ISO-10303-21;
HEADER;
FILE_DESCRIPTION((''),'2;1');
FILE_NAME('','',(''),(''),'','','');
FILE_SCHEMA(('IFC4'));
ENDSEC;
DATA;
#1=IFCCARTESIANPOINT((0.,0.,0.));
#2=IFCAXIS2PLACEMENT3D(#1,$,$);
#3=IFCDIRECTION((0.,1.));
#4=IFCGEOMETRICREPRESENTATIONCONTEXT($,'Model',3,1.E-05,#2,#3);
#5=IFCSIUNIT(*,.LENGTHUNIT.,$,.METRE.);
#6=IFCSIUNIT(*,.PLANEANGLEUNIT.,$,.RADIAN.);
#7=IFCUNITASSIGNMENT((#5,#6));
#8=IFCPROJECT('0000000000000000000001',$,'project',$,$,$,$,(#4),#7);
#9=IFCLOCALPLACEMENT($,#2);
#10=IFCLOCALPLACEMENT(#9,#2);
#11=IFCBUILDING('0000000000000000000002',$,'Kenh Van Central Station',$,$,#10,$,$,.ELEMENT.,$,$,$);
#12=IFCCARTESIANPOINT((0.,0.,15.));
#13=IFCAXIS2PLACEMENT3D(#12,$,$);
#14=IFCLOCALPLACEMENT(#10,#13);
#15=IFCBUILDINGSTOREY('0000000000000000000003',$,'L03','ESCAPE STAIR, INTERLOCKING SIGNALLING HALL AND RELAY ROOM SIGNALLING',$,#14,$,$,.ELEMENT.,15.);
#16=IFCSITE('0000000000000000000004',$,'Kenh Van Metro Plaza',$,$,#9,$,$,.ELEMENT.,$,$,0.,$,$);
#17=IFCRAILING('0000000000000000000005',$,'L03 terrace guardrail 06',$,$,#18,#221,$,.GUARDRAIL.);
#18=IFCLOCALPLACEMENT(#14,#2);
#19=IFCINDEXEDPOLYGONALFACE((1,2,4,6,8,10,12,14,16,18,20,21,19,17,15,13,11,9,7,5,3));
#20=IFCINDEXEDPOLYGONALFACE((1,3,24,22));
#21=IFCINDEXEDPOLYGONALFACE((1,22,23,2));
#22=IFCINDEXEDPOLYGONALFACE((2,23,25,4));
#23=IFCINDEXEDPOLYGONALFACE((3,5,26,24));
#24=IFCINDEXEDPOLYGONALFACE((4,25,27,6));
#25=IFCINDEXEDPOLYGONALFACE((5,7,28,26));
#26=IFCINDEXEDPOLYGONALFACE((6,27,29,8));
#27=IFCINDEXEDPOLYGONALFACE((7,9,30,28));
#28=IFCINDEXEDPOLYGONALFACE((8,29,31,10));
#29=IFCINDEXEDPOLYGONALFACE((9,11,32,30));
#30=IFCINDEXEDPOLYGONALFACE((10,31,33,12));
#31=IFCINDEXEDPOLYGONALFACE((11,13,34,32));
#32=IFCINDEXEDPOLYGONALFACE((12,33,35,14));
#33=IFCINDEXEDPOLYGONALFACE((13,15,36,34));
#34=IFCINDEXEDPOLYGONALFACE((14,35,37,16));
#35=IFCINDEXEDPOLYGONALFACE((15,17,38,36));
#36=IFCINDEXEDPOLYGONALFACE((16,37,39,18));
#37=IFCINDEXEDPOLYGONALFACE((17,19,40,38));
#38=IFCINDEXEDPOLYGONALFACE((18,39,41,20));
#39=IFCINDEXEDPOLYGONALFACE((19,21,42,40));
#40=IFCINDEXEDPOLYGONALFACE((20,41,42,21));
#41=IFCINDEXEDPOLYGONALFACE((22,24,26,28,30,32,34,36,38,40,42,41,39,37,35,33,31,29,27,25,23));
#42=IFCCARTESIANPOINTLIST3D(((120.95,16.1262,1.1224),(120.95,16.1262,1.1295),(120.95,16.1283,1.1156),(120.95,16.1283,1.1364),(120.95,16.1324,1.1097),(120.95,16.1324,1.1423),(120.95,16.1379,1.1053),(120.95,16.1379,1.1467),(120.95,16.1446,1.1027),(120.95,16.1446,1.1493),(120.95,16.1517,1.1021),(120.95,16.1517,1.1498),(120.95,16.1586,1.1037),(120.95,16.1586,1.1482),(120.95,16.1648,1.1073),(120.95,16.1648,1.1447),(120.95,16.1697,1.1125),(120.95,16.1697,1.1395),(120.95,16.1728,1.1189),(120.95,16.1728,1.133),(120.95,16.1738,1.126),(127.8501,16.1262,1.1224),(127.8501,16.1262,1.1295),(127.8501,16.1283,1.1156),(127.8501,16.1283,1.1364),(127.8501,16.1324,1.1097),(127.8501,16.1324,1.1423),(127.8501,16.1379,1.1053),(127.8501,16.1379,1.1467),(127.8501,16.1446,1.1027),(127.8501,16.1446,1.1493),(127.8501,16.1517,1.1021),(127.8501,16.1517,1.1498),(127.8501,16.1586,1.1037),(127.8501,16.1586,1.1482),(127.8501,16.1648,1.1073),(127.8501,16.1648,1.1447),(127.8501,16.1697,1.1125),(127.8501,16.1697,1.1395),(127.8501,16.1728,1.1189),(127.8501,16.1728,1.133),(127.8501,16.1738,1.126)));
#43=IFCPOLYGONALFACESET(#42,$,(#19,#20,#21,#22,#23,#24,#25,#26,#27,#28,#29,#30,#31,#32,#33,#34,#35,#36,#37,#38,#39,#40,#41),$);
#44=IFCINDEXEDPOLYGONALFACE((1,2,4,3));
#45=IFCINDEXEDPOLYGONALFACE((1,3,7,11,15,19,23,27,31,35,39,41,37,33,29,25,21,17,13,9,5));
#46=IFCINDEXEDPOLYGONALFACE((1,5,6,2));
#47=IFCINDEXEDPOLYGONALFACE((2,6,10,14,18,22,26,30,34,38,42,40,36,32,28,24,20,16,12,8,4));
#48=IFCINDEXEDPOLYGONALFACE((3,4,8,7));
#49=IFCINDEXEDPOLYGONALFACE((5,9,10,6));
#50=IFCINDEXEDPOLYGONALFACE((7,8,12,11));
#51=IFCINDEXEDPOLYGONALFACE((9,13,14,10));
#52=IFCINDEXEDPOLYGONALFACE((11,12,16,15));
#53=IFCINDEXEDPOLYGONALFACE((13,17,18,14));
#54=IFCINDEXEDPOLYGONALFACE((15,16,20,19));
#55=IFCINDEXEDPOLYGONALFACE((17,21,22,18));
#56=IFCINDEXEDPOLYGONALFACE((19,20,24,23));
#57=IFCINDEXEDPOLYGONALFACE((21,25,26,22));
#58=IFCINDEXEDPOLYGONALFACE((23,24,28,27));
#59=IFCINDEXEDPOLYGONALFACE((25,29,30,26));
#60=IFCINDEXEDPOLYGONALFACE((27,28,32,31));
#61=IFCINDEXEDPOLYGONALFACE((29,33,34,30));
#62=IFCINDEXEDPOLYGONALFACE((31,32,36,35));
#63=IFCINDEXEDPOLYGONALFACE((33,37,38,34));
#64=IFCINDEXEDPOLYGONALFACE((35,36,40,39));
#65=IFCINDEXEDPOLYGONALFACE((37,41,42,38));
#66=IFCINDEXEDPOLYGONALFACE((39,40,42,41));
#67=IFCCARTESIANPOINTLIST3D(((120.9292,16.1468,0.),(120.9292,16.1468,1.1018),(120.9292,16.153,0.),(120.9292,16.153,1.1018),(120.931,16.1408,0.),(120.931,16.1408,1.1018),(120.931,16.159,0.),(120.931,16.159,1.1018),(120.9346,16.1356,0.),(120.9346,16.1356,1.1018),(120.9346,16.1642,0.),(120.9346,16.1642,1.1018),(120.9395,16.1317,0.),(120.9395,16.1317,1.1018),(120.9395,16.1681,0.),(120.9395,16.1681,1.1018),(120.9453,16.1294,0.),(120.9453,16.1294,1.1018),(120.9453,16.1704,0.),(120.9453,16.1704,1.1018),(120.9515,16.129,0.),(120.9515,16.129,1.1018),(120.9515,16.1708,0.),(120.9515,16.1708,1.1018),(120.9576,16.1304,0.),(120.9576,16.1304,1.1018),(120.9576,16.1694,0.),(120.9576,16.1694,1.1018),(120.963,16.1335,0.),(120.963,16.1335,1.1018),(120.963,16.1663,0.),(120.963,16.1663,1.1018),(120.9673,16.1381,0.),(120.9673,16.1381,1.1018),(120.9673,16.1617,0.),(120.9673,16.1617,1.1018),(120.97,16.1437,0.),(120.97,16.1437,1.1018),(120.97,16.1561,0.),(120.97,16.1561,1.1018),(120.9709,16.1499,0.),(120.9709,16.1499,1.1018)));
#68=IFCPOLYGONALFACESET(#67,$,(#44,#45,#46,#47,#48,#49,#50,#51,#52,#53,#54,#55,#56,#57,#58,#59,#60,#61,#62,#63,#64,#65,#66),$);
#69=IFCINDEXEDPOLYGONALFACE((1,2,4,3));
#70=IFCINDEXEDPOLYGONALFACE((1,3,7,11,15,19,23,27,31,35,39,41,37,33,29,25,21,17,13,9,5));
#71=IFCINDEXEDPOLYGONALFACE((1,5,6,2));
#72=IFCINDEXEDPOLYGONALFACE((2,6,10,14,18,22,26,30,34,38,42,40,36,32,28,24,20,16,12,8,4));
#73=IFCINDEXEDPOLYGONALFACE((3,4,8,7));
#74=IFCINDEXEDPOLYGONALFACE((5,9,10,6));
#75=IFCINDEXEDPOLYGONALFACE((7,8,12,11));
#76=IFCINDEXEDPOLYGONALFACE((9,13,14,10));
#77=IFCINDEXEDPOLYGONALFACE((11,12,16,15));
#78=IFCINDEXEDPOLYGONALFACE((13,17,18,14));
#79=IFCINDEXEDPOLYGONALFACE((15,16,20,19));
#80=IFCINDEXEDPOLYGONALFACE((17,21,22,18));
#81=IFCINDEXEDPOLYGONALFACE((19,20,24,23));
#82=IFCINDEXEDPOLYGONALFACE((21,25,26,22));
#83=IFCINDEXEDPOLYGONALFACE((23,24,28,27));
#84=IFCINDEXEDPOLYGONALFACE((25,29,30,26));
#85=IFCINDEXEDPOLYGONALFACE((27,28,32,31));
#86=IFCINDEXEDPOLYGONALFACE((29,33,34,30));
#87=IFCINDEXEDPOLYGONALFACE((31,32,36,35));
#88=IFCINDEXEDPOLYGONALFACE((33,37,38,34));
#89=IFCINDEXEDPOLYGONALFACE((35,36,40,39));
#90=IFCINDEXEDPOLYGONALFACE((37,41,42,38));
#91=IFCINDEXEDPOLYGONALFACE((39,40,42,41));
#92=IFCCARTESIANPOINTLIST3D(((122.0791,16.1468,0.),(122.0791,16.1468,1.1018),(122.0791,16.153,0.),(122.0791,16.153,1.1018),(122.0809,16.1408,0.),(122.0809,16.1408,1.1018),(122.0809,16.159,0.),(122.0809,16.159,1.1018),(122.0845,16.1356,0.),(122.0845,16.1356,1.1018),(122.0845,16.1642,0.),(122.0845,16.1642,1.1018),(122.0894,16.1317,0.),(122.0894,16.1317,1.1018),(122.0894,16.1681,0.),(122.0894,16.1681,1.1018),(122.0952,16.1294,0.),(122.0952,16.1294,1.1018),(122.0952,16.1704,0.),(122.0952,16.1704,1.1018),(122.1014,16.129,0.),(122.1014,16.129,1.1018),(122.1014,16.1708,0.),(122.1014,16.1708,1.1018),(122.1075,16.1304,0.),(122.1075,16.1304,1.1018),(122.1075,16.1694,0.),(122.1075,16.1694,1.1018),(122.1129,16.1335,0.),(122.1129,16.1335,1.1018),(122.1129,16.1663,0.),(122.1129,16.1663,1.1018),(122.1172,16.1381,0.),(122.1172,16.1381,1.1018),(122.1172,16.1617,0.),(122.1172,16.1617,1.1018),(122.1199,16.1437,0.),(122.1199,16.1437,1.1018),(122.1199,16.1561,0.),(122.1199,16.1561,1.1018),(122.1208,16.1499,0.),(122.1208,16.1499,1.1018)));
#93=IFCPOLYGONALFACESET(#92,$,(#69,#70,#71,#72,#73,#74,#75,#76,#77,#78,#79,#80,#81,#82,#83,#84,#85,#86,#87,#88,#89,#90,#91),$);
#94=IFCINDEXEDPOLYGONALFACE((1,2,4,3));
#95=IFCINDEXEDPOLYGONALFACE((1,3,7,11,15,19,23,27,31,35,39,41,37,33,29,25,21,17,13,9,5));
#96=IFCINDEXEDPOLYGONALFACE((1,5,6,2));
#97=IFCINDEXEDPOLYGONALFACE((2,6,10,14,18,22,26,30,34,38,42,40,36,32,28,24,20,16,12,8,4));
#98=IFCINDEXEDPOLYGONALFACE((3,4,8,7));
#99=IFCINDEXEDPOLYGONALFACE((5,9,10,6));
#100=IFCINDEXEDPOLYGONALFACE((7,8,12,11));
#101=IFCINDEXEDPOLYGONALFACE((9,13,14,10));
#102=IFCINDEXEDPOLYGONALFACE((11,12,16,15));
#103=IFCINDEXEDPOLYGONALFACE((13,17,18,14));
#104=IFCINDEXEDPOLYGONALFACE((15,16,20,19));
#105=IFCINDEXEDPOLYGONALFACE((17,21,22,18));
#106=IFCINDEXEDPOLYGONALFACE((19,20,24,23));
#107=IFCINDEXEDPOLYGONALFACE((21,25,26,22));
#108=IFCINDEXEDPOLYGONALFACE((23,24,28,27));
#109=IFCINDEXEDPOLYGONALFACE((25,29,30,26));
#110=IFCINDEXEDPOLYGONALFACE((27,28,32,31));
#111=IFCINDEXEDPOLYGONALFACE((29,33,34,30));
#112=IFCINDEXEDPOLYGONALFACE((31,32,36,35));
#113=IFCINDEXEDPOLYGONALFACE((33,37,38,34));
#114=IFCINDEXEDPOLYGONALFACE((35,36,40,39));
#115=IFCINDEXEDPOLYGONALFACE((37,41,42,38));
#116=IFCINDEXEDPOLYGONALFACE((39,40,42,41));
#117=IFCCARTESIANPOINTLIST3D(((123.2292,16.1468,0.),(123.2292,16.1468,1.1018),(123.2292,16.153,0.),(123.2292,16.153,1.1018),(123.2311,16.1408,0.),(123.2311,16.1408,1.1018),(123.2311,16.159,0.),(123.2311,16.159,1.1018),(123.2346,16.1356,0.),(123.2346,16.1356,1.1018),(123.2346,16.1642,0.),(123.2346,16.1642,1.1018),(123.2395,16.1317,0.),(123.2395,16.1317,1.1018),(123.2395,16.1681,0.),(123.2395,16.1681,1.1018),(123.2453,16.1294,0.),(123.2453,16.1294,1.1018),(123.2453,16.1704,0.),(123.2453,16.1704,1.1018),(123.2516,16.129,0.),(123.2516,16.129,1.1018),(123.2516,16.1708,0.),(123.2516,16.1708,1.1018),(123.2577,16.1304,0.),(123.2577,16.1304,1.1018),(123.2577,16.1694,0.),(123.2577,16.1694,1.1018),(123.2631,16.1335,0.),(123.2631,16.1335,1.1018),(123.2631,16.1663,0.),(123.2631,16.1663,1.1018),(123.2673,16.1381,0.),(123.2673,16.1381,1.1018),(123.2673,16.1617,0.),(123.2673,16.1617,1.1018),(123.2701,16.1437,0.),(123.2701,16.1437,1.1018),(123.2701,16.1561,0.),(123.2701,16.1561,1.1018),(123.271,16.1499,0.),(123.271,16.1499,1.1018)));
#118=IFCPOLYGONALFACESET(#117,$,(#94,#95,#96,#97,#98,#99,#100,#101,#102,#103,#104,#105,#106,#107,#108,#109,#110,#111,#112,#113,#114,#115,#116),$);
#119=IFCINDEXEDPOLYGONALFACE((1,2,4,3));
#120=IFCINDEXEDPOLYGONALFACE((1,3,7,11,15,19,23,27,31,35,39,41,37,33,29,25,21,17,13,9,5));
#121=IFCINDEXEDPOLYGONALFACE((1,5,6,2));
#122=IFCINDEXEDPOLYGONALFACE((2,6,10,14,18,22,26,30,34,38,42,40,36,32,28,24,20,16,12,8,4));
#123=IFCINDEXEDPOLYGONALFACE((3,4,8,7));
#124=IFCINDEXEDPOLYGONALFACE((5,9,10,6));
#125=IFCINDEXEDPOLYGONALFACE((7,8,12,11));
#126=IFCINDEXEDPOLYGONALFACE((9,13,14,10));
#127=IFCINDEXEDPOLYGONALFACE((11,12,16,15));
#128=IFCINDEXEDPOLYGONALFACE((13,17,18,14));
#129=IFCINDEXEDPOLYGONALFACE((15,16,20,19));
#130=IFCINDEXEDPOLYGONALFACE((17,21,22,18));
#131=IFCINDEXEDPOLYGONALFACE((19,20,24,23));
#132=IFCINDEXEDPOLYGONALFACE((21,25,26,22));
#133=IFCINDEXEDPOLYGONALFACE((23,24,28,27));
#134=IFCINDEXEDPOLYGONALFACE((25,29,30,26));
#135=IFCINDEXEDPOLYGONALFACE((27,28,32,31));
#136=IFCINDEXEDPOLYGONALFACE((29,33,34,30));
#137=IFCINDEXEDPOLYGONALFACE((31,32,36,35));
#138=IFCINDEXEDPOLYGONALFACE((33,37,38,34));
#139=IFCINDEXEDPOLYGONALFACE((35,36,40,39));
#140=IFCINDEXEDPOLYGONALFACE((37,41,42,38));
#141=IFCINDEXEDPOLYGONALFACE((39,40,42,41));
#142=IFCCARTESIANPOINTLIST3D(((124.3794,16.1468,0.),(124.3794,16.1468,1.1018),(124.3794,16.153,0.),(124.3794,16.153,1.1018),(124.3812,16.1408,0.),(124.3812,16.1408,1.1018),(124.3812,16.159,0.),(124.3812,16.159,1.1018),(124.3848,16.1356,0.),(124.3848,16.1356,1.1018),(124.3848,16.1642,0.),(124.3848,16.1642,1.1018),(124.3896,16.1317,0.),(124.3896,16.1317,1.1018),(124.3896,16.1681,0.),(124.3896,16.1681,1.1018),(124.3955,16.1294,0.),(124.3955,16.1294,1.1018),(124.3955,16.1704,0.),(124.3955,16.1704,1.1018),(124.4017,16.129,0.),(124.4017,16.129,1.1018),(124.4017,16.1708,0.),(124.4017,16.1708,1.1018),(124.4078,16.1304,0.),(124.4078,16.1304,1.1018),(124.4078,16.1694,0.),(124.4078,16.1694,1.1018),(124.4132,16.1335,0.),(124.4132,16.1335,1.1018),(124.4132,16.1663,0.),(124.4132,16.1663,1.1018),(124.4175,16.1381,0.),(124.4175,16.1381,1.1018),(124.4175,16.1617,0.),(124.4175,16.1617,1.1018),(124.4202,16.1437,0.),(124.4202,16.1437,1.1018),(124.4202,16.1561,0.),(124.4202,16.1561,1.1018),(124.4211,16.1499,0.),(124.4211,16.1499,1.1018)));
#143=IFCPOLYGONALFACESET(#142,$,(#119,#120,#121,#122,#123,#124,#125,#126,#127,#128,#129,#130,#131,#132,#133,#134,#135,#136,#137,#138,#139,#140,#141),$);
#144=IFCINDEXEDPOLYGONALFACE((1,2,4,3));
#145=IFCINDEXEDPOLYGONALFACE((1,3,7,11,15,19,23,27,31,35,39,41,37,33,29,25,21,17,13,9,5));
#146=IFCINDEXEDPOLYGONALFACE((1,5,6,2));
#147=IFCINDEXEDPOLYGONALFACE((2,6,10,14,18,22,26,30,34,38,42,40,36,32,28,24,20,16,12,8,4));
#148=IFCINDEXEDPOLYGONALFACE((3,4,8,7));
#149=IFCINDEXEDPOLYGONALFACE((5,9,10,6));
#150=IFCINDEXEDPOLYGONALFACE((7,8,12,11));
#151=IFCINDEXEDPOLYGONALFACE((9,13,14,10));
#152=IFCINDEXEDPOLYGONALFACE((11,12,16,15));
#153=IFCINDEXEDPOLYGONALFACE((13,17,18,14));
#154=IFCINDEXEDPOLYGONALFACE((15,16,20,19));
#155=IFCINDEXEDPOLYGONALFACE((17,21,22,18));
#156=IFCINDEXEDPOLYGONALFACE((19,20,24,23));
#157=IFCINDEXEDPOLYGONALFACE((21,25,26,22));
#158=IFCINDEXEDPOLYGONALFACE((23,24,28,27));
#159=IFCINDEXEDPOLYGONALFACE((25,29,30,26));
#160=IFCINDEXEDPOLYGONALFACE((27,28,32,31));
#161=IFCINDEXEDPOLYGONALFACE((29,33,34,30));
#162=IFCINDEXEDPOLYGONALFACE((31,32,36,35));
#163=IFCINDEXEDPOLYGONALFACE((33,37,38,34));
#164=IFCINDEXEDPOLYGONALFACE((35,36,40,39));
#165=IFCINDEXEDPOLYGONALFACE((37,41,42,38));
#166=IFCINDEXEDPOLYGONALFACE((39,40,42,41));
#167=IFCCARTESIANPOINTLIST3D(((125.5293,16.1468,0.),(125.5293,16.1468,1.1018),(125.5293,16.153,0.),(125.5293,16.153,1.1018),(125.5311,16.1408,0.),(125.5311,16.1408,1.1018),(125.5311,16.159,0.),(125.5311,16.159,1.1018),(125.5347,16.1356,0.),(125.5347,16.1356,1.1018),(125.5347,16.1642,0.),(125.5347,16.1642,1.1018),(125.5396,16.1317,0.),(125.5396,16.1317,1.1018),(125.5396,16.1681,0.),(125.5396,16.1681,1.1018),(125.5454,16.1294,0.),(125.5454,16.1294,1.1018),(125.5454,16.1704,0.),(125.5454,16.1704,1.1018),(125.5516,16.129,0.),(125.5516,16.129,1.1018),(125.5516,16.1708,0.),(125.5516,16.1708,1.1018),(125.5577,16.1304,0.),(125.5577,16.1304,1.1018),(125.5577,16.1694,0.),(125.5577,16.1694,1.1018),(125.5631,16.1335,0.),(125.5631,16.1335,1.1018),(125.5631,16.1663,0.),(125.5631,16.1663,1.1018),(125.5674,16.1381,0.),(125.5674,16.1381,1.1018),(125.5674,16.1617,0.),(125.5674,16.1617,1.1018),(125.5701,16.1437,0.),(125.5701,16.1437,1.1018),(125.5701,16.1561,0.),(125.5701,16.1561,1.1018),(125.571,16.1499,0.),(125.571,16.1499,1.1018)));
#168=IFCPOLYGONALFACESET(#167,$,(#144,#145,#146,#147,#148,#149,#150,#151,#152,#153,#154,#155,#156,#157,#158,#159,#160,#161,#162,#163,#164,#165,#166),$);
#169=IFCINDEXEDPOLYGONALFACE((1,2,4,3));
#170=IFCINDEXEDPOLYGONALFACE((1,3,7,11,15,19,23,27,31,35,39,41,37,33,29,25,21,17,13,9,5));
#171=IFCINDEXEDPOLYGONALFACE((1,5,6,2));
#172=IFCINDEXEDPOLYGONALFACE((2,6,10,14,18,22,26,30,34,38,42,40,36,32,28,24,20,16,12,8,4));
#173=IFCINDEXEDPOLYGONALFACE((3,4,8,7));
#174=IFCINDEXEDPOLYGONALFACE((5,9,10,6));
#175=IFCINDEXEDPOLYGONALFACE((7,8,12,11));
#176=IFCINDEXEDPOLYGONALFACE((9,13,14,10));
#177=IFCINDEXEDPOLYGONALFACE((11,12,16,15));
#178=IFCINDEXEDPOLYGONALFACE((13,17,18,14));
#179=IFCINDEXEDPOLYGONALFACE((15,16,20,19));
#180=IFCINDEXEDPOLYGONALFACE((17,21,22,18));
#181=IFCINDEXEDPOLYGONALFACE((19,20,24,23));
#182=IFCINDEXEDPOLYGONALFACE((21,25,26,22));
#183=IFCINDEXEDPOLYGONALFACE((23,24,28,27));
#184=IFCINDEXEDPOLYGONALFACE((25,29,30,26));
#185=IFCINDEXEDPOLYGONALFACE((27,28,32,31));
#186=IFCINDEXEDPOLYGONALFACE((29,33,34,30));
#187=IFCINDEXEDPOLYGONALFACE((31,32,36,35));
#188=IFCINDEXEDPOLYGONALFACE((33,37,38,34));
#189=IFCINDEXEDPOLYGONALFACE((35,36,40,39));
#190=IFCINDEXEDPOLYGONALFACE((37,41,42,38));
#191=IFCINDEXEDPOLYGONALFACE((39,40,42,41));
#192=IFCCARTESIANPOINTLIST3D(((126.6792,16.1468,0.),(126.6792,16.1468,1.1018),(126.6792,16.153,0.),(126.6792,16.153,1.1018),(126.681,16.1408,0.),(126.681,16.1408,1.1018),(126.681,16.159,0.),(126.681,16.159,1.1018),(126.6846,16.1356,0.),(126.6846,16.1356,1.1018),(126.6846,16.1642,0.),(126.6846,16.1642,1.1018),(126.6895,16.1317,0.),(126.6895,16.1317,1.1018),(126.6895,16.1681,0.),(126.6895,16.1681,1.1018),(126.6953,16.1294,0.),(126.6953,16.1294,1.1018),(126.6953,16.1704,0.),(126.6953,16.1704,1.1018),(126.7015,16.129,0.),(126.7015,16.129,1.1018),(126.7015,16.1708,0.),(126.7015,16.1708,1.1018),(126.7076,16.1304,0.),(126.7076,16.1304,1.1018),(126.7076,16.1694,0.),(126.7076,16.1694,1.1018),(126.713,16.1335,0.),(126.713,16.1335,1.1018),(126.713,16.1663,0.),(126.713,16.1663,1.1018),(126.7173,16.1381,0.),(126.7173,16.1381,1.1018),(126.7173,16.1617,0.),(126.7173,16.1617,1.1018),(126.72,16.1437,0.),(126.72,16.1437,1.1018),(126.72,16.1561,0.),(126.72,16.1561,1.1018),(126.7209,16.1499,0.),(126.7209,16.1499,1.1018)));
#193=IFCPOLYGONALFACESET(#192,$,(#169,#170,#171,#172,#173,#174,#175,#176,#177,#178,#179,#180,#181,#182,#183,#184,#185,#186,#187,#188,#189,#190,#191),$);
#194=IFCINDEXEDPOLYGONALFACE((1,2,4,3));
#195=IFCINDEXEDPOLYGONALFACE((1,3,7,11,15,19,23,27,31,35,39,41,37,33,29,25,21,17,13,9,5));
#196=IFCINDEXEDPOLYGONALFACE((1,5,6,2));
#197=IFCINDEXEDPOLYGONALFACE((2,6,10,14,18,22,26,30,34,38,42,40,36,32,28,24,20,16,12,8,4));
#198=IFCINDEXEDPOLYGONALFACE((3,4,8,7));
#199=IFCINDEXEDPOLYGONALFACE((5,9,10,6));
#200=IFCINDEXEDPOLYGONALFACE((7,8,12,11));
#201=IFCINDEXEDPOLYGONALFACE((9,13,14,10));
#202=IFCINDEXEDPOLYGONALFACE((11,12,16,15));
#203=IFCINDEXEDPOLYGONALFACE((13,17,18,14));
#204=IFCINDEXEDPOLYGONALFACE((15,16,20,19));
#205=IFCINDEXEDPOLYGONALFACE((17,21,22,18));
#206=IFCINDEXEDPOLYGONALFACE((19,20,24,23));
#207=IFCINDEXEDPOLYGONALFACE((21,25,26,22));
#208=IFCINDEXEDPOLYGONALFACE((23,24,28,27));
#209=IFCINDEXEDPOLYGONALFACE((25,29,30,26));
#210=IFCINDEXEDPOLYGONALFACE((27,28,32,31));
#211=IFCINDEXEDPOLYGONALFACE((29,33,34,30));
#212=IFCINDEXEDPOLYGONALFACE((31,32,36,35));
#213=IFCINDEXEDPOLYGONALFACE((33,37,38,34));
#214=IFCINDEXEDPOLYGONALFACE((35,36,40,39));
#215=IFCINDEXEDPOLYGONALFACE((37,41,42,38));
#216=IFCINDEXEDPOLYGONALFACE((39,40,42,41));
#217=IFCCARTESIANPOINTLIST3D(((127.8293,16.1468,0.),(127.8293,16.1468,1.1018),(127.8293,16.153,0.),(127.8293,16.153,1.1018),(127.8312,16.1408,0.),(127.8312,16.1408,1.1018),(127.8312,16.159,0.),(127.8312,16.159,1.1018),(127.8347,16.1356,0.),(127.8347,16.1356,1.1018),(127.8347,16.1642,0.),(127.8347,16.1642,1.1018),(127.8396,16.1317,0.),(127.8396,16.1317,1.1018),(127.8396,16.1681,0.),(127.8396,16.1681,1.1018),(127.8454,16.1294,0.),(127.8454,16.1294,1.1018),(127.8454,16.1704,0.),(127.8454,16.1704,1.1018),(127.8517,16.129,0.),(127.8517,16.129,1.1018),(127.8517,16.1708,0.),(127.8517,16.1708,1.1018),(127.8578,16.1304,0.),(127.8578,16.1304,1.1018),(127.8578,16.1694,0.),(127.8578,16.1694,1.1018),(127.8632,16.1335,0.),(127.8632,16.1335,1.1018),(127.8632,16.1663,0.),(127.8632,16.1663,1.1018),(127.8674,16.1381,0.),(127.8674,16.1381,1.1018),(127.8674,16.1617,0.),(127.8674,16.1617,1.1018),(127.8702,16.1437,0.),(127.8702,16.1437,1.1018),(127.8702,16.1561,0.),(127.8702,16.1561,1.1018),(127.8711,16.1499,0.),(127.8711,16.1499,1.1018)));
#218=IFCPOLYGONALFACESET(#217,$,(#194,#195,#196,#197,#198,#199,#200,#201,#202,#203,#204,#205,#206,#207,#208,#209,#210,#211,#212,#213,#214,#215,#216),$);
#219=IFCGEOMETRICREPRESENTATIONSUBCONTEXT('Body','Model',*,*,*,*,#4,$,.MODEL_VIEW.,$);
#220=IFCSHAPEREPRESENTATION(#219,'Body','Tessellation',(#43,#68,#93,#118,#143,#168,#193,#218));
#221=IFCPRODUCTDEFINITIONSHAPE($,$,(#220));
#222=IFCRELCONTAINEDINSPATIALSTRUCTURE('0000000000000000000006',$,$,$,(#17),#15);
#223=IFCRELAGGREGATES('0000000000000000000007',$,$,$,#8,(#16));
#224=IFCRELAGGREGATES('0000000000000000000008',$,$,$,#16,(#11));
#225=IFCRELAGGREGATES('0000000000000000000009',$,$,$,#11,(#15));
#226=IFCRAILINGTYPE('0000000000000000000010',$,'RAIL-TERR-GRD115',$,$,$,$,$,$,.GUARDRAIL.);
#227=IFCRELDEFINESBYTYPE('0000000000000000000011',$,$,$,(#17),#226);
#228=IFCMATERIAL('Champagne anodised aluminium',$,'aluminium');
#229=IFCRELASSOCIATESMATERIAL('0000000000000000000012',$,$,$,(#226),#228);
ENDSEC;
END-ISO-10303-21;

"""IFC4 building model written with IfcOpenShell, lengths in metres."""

from ifc_helpers import new_model, si_unit, direction, frame, origin, origin_2d, place, context, subcontext, project, spatial, circle, extrude, material, type_object, element, save


model = new_model("IFC4")

# Units and contexts
model_context = context("Model", 3, precision=1e-05, world=origin(), true_north=direction((0.0, 1.0)))
body_context = subcontext(model_context, "Body", "Model", "MODEL_VIEW")
ifc_project = project(units=[si_unit("LENGTHUNIT", "METRE"), si_unit("PLANEANGLEUNIT", "RADIAN")], contexts=[model_context])

# Site, building, storey
site_placement = place(None, origin())
site = spatial("IfcSite", under=ifc_project, at=site_placement, Name="Kenh Van Metro Plaza", CompositionType="ELEMENT", RefElevation=0.0)
building_placement = place(site_placement, origin())
building = spatial("IfcBuilding", under=site, at=building_placement, Name="Kenh Van Central Station", CompositionType="ELEMENT")
storey_placement = place(building_placement, frame((0.0, 0.0, 15.0)))
storey = spatial("IfcBuildingStorey", under=building, at=storey_placement, Name="L03", Description="ESCAPE STAIR, INTERLOCKING SIGNALLING HALL AND RELAY ROOM SIGNALLING", CompositionType="ELEMENT", Elevation=15.0)

# Railing
ifc_material_1 = material(Name="Champagne anodised aluminium", Category="aluminium")
railing_type = type_object("IfcRailingType", Name="RAIL-TERR-GRD115", PredefinedType="GUARDRAIL", material=ifc_material_1)
railing_1_placement = place(storey_placement, frame((120.95, 16.1499, 0.0)))
element("IfcRailing", 1, at=railing_1_placement, inside=storey, type_object=railing_type, Name="L03 terrace guardrail 06", PredefinedType="GUARDRAIL", context=body_context, shape_type="SweptSolid", body=[
    extrude(circle(Radius=0.0239, at=origin_2d()), frame((0.0, 0.0, 1.126), z_axis=(1.0, 0.0, 0.0), x_axis=(0.0, 1.0, 0.0)), (0.0, 0.0, 1.0), 6.9001),
    extrude(circle(Radius=0.021, at=origin_2d()), origin(), (0.0, 0.0, 1.0), 1.1018),
    extrude(circle(Radius=0.021, at=origin_2d()), frame((1.1499, 0.0, 0.0)), (0.0, 0.0, 1.0), 1.1018),
    extrude(circle(Radius=0.021, at=origin_2d()), frame((2.3, 0.0, 0.0)), (0.0, 0.0, 1.0), 1.1018),
    extrude(circle(Radius=0.021, at=origin_2d()), frame((3.4502, 0.0, 0.0)), (0.0, 0.0, 1.0), 1.1018),
    extrude(circle(Radius=0.021, at=origin_2d()), frame((4.6001, 0.0, 0.0)), (0.0, 0.0, 1.0), 1.1018),
    extrude(circle(Radius=0.021, at=origin_2d()), frame((5.75, 0.0, 0.0)), (0.0, 0.0, 1.0), 1.1018),
    extrude(circle(Radius=0.021, at=origin_2d()), frame((6.9001, 0.0, 0.0)), (0.0, 0.0, 1.0), 1.1018),
])

save(model, "model.ifc")
